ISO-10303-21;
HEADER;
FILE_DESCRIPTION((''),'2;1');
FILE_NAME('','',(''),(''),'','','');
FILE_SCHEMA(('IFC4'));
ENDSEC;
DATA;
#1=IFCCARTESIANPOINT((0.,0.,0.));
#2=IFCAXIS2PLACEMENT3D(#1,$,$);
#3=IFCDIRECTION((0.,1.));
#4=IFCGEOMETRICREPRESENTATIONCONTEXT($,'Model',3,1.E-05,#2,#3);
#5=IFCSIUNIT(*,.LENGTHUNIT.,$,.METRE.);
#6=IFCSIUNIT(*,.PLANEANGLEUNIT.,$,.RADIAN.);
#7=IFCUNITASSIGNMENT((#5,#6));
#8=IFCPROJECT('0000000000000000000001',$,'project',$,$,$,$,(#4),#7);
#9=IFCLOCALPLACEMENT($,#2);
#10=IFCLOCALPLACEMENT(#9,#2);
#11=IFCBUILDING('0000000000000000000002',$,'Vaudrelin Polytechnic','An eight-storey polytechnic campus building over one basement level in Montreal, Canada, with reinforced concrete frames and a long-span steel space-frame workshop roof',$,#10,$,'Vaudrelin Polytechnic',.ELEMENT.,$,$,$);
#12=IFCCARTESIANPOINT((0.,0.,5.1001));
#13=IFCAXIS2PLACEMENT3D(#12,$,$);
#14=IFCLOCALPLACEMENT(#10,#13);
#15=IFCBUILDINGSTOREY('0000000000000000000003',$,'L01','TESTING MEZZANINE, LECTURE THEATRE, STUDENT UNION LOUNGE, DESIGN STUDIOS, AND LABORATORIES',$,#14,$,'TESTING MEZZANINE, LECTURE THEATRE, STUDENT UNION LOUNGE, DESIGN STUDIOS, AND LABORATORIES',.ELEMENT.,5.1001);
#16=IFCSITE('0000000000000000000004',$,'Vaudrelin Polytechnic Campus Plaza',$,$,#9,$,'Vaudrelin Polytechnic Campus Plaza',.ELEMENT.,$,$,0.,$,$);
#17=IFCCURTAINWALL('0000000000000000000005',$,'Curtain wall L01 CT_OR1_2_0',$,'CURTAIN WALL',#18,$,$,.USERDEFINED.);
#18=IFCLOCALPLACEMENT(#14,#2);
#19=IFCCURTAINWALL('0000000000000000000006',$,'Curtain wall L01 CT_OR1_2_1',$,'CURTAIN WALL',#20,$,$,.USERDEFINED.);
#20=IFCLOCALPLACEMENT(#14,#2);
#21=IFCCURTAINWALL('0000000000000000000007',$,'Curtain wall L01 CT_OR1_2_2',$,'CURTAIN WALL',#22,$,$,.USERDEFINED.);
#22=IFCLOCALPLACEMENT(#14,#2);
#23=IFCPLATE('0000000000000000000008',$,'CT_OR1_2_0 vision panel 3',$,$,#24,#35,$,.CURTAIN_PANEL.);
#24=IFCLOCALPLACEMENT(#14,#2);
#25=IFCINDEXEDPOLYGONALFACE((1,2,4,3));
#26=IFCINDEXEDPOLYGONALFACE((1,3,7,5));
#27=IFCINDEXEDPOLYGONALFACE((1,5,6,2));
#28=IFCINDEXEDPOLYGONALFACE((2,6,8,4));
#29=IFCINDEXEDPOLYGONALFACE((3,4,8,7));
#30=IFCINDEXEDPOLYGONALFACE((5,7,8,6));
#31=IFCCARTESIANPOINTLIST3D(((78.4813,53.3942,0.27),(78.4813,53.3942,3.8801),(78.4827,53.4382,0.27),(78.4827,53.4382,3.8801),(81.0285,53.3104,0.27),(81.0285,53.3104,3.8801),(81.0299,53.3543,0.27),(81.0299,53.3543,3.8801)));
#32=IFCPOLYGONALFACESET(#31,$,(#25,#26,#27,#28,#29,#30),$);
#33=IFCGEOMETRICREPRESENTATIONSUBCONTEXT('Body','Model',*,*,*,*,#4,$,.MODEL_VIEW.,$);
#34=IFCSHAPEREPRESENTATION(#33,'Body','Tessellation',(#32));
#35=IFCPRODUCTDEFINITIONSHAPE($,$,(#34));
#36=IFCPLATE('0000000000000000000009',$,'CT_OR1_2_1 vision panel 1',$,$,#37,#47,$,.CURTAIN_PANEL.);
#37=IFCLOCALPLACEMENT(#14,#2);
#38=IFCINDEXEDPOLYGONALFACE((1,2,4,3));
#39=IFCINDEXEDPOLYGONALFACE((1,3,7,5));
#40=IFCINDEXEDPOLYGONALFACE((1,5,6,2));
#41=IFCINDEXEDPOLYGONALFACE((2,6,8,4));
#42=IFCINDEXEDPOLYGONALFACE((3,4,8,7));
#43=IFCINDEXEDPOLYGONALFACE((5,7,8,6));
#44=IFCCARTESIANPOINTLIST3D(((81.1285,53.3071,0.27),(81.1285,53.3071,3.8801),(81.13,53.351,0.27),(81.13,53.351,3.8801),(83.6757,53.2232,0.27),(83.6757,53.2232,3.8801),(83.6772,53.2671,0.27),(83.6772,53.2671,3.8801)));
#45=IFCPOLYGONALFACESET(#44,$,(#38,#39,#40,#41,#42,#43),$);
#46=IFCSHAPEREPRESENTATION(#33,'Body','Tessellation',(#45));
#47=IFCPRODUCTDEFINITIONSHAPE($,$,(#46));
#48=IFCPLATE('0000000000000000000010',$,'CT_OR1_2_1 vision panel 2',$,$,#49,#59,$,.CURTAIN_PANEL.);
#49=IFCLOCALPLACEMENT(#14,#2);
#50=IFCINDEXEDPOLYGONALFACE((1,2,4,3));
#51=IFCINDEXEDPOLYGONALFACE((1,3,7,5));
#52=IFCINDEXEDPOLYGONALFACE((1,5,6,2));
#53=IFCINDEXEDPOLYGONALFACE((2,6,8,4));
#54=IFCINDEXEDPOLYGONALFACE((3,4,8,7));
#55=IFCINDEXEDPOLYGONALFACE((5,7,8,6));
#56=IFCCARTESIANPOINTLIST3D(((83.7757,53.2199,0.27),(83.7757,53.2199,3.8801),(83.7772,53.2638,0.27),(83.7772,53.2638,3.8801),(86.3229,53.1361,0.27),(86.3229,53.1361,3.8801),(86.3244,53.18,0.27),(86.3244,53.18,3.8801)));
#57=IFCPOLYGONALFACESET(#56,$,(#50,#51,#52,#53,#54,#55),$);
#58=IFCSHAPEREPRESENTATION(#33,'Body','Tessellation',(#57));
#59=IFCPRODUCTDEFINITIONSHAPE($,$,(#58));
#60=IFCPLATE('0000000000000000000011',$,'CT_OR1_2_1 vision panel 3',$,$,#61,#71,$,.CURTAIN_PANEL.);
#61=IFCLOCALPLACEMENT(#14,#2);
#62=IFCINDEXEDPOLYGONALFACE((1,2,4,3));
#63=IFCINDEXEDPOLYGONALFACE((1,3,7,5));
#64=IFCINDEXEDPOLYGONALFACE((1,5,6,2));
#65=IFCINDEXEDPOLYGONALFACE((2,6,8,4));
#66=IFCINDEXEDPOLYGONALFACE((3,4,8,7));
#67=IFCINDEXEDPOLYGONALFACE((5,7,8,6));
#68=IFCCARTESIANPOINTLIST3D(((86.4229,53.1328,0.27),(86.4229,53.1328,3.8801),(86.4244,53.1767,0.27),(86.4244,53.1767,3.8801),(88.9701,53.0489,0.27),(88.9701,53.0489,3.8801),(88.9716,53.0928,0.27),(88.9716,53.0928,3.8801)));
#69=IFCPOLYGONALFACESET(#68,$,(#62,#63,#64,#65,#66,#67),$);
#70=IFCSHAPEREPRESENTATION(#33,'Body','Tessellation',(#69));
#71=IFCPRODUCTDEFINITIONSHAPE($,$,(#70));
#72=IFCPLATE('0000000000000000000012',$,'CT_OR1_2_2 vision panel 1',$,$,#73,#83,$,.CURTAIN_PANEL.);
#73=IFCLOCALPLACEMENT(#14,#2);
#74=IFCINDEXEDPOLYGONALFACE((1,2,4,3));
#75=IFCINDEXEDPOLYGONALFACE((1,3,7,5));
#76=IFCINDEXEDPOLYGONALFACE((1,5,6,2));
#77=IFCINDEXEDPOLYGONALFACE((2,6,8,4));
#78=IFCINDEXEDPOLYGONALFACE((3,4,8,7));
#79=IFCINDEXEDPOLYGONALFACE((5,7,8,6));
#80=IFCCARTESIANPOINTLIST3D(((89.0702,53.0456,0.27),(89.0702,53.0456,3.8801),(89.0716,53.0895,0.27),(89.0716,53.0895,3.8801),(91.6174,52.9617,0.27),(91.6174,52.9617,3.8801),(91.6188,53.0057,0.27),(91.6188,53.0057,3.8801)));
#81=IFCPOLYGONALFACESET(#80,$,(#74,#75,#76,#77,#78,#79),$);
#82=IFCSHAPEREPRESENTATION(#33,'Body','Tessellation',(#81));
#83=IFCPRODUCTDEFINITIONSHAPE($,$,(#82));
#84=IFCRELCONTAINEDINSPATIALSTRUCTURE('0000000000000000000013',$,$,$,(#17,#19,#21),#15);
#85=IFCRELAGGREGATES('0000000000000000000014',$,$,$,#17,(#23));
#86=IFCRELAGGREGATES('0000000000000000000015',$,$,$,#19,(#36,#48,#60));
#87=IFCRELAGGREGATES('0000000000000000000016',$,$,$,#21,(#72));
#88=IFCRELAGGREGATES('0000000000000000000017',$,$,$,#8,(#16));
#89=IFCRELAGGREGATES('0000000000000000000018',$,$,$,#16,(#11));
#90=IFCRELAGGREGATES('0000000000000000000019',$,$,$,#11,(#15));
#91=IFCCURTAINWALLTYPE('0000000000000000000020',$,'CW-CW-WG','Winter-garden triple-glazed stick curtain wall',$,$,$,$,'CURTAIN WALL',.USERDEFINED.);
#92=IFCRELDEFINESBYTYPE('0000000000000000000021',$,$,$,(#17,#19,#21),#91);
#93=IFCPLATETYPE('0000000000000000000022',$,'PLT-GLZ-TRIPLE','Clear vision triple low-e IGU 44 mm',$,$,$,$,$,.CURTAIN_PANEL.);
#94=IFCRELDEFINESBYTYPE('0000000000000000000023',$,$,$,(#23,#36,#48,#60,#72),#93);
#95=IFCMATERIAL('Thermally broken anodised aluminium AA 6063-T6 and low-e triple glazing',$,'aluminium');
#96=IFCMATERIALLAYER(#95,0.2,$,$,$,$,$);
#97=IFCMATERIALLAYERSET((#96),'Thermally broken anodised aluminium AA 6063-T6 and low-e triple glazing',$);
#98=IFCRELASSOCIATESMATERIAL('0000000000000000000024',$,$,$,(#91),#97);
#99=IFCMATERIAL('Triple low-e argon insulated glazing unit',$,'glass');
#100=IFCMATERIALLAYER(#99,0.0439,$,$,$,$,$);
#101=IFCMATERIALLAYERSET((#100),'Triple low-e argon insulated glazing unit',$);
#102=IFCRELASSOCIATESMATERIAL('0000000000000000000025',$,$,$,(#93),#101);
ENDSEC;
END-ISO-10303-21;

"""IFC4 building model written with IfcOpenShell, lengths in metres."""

from ifc_helpers import new_model, si_unit, direction, frame, origin, origin_2d, place, context, subcontext, project, spatial, rectangle, extrude, material, layer, layer_set, type_object, element, aggregate, save


model = new_model("IFC4")

# Units and contexts
model_context = context("Model", 3, precision=1e-05, world=origin(), true_north=direction((0.0, 1.0)))
body_context = subcontext(model_context, "Body", "Model", "MODEL_VIEW")
ifc_project = project(units=[si_unit("LENGTHUNIT", "METRE"), si_unit("PLANEANGLEUNIT", "RADIAN")], contexts=[model_context])

# Site, building, storey
site_placement = place(None, origin())
site = spatial("IfcSite", under=ifc_project, at=site_placement, Name="Vaudrelin Polytechnic Campus Plaza", LongName="Vaudrelin Polytechnic Campus Plaza", CompositionType="ELEMENT", RefElevation=0.0)
building_placement = place(site_placement, origin())
building = spatial("IfcBuilding", under=site, at=building_placement, Name="Vaudrelin Polytechnic", Description="An eight-storey polytechnic campus building over one basement level in Montreal, Canada, with reinforced concrete frames and a long-span steel space-frame workshop roof", LongName="Vaudrelin Polytechnic", CompositionType="ELEMENT")
storey_placement = place(building_placement, frame((0.0, 0.0, 5.1001)))
storey = spatial("IfcBuildingStorey", under=building, at=storey_placement, Name="L01", Description="TESTING MEZZANINE, LECTURE THEATRE, STUDENT UNION LOUNGE, DESIGN STUDIOS, AND LABORATORIES", LongName="TESTING MEZZANINE, LECTURE THEATRE, STUDENT UNION LOUNGE, DESIGN STUDIOS, AND LABORATORIES", CompositionType="ELEMENT", Elevation=5.1001)

# Curtain walls
ifc_material_1 = material(Name="Thermally broken anodised aluminium AA 6063-T6 and low-e triple glazing", Category="aluminium")
ifc_layer_1 = layer(ifc_material_1, 0.2)
ifc_layer_set_1 = layer_set([ifc_layer_1], Name="Thermally broken anodised aluminium AA 6063-T6 and low-e triple glazing")
curtain_wall_type = type_object("IfcCurtainWallType", Name="CW-CW-WG", Description="Winter-garden triple-glazed stick curtain wall", ElementType="CURTAIN WALL", PredefinedType="USERDEFINED", material=ifc_layer_set_1)
curtain_wall_1_placement = place(storey_placement, origin())
curtain_wall_1 = element("IfcCurtainWall", 1, at=curtain_wall_1_placement, inside=storey, type_object=curtain_wall_type, Name="Curtain wall L01 CT_OR1_2_0", ObjectType="CURTAIN WALL", PredefinedType="USERDEFINED")
curtain_wall_2_placement = place(storey_placement, origin())
curtain_wall_2 = element("IfcCurtainWall", 2, at=curtain_wall_2_placement, inside=storey, type_object=curtain_wall_type, Name="Curtain wall L01 CT_OR1_2_1", ObjectType="CURTAIN WALL", PredefinedType="USERDEFINED")

# Curtain wall
curtain_wall_3_placement = place(storey_placement, origin())
curtain_wall_3 = element("IfcCurtainWall", 3, at=curtain_wall_3_placement, inside=storey, type_object=curtain_wall_type, Name="Curtain wall L01 CT_OR1_2_2", ObjectType="CURTAIN WALL", PredefinedType="USERDEFINED")

# Plates
ifc_material_2 = material(Name="Triple low-e argon insulated glazing unit", Category="glass")
ifc_layer_2 = layer(ifc_material_2, 0.0439)
ifc_layer_set_2 = layer_set([ifc_layer_2], Name="Triple low-e argon insulated glazing unit")
plate_type_1 = type_object("IfcPlateType", Name="PLT-GLZ-TRIPLE", Description="Clear vision triple low-e IGU 44 mm", PredefinedType="CURTAIN_PANEL", material=ifc_layer_set_2)
plate_1_placement = place(storey_placement, frame((79.7556, 53.3743, 0.27), z_axis=(0.0, 0.0, 1.0), x_axis=(0.999458, -0.03291, 0.0)))
plate_1 = element("IfcPlate", 4, at=plate_1_placement, type_object=plate_type_1, Name="CT_OR1_2_0 vision panel 3", PredefinedType="CURTAIN_PANEL", context=body_context, shape_type="SweptSolid", body=[
    extrude(rectangle(XDim=2.5486, YDim=0.0439, at=origin_2d()), origin(), (0.0, 0.0, 1.0), 3.6101),
])
aggregate(curtain_wall_1, [plate_1])
plate_2_placement = place(storey_placement, frame((82.4028, 53.2871, 0.27), z_axis=(0.0, 0.0, 1.0), x_axis=(0.999459, -0.032897, 0.0)))
plate_2 = element("IfcPlate", 5, at=plate_2_placement, type_object=plate_type_1, Name="CT_OR1_2_1 vision panel 1", PredefinedType="CURTAIN_PANEL", context=body_context, shape_type="SweptSolid", body=[
    extrude(rectangle(XDim=2.5486, YDim=0.0439, at=origin_2d()), origin(), (0.0, 0.0, 1.0), 3.6101),
])
plate_3_placement = place(storey_placement, frame((85.05, 53.2, 0.27), z_axis=(0.0, 0.0, 1.0), x_axis=(0.999459, -0.032897, 0.0)))
plate_3 = element("IfcPlate", 6, at=plate_3_placement, type_object=plate_type_1, Name="CT_OR1_2_1 vision panel 2", PredefinedType="CURTAIN_PANEL", context=body_context, shape_type="SweptSolid", body=[
    extrude(rectangle(XDim=2.5486, YDim=0.0439, at=origin_2d()), origin(), (0.0, 0.0, 1.0), 3.6101),
])
plate_4_placement = place(storey_placement, frame((87.6973, 53.1128, 0.27), z_axis=(0.0, 0.0, 1.0), x_axis=(0.999459, -0.032897, 0.0)))
plate_4 = element("IfcPlate", 7, at=plate_4_placement, type_object=plate_type_1, Name="CT_OR1_2_1 vision panel 3", PredefinedType="CURTAIN_PANEL", context=body_context, shape_type="SweptSolid", body=[
    extrude(rectangle(XDim=2.5486, YDim=0.0439, at=origin_2d()), origin(), (0.0, 0.0, 1.0), 3.6101),
])
aggregate(curtain_wall_2, [plate_2, plate_3, plate_4])
plate_5_placement = place(storey_placement, frame((90.3445, 53.0256, 0.27), z_axis=(0.0, 0.0, 1.0), x_axis=(0.999458, -0.03291, 0.0)))
plate_5 = element("IfcPlate", 8, at=plate_5_placement, type_object=plate_type_1, Name="CT_OR1_2_2 vision panel 1", PredefinedType="CURTAIN_PANEL", context=body_context, shape_type="SweptSolid", body=[
    extrude(rectangle(XDim=2.5486, YDim=0.0439, at=origin_2d()), origin(), (0.0, 0.0, 1.0), 3.6101),
])
aggregate(curtain_wall_3, [plate_5])

save(model, "model.ifc")
